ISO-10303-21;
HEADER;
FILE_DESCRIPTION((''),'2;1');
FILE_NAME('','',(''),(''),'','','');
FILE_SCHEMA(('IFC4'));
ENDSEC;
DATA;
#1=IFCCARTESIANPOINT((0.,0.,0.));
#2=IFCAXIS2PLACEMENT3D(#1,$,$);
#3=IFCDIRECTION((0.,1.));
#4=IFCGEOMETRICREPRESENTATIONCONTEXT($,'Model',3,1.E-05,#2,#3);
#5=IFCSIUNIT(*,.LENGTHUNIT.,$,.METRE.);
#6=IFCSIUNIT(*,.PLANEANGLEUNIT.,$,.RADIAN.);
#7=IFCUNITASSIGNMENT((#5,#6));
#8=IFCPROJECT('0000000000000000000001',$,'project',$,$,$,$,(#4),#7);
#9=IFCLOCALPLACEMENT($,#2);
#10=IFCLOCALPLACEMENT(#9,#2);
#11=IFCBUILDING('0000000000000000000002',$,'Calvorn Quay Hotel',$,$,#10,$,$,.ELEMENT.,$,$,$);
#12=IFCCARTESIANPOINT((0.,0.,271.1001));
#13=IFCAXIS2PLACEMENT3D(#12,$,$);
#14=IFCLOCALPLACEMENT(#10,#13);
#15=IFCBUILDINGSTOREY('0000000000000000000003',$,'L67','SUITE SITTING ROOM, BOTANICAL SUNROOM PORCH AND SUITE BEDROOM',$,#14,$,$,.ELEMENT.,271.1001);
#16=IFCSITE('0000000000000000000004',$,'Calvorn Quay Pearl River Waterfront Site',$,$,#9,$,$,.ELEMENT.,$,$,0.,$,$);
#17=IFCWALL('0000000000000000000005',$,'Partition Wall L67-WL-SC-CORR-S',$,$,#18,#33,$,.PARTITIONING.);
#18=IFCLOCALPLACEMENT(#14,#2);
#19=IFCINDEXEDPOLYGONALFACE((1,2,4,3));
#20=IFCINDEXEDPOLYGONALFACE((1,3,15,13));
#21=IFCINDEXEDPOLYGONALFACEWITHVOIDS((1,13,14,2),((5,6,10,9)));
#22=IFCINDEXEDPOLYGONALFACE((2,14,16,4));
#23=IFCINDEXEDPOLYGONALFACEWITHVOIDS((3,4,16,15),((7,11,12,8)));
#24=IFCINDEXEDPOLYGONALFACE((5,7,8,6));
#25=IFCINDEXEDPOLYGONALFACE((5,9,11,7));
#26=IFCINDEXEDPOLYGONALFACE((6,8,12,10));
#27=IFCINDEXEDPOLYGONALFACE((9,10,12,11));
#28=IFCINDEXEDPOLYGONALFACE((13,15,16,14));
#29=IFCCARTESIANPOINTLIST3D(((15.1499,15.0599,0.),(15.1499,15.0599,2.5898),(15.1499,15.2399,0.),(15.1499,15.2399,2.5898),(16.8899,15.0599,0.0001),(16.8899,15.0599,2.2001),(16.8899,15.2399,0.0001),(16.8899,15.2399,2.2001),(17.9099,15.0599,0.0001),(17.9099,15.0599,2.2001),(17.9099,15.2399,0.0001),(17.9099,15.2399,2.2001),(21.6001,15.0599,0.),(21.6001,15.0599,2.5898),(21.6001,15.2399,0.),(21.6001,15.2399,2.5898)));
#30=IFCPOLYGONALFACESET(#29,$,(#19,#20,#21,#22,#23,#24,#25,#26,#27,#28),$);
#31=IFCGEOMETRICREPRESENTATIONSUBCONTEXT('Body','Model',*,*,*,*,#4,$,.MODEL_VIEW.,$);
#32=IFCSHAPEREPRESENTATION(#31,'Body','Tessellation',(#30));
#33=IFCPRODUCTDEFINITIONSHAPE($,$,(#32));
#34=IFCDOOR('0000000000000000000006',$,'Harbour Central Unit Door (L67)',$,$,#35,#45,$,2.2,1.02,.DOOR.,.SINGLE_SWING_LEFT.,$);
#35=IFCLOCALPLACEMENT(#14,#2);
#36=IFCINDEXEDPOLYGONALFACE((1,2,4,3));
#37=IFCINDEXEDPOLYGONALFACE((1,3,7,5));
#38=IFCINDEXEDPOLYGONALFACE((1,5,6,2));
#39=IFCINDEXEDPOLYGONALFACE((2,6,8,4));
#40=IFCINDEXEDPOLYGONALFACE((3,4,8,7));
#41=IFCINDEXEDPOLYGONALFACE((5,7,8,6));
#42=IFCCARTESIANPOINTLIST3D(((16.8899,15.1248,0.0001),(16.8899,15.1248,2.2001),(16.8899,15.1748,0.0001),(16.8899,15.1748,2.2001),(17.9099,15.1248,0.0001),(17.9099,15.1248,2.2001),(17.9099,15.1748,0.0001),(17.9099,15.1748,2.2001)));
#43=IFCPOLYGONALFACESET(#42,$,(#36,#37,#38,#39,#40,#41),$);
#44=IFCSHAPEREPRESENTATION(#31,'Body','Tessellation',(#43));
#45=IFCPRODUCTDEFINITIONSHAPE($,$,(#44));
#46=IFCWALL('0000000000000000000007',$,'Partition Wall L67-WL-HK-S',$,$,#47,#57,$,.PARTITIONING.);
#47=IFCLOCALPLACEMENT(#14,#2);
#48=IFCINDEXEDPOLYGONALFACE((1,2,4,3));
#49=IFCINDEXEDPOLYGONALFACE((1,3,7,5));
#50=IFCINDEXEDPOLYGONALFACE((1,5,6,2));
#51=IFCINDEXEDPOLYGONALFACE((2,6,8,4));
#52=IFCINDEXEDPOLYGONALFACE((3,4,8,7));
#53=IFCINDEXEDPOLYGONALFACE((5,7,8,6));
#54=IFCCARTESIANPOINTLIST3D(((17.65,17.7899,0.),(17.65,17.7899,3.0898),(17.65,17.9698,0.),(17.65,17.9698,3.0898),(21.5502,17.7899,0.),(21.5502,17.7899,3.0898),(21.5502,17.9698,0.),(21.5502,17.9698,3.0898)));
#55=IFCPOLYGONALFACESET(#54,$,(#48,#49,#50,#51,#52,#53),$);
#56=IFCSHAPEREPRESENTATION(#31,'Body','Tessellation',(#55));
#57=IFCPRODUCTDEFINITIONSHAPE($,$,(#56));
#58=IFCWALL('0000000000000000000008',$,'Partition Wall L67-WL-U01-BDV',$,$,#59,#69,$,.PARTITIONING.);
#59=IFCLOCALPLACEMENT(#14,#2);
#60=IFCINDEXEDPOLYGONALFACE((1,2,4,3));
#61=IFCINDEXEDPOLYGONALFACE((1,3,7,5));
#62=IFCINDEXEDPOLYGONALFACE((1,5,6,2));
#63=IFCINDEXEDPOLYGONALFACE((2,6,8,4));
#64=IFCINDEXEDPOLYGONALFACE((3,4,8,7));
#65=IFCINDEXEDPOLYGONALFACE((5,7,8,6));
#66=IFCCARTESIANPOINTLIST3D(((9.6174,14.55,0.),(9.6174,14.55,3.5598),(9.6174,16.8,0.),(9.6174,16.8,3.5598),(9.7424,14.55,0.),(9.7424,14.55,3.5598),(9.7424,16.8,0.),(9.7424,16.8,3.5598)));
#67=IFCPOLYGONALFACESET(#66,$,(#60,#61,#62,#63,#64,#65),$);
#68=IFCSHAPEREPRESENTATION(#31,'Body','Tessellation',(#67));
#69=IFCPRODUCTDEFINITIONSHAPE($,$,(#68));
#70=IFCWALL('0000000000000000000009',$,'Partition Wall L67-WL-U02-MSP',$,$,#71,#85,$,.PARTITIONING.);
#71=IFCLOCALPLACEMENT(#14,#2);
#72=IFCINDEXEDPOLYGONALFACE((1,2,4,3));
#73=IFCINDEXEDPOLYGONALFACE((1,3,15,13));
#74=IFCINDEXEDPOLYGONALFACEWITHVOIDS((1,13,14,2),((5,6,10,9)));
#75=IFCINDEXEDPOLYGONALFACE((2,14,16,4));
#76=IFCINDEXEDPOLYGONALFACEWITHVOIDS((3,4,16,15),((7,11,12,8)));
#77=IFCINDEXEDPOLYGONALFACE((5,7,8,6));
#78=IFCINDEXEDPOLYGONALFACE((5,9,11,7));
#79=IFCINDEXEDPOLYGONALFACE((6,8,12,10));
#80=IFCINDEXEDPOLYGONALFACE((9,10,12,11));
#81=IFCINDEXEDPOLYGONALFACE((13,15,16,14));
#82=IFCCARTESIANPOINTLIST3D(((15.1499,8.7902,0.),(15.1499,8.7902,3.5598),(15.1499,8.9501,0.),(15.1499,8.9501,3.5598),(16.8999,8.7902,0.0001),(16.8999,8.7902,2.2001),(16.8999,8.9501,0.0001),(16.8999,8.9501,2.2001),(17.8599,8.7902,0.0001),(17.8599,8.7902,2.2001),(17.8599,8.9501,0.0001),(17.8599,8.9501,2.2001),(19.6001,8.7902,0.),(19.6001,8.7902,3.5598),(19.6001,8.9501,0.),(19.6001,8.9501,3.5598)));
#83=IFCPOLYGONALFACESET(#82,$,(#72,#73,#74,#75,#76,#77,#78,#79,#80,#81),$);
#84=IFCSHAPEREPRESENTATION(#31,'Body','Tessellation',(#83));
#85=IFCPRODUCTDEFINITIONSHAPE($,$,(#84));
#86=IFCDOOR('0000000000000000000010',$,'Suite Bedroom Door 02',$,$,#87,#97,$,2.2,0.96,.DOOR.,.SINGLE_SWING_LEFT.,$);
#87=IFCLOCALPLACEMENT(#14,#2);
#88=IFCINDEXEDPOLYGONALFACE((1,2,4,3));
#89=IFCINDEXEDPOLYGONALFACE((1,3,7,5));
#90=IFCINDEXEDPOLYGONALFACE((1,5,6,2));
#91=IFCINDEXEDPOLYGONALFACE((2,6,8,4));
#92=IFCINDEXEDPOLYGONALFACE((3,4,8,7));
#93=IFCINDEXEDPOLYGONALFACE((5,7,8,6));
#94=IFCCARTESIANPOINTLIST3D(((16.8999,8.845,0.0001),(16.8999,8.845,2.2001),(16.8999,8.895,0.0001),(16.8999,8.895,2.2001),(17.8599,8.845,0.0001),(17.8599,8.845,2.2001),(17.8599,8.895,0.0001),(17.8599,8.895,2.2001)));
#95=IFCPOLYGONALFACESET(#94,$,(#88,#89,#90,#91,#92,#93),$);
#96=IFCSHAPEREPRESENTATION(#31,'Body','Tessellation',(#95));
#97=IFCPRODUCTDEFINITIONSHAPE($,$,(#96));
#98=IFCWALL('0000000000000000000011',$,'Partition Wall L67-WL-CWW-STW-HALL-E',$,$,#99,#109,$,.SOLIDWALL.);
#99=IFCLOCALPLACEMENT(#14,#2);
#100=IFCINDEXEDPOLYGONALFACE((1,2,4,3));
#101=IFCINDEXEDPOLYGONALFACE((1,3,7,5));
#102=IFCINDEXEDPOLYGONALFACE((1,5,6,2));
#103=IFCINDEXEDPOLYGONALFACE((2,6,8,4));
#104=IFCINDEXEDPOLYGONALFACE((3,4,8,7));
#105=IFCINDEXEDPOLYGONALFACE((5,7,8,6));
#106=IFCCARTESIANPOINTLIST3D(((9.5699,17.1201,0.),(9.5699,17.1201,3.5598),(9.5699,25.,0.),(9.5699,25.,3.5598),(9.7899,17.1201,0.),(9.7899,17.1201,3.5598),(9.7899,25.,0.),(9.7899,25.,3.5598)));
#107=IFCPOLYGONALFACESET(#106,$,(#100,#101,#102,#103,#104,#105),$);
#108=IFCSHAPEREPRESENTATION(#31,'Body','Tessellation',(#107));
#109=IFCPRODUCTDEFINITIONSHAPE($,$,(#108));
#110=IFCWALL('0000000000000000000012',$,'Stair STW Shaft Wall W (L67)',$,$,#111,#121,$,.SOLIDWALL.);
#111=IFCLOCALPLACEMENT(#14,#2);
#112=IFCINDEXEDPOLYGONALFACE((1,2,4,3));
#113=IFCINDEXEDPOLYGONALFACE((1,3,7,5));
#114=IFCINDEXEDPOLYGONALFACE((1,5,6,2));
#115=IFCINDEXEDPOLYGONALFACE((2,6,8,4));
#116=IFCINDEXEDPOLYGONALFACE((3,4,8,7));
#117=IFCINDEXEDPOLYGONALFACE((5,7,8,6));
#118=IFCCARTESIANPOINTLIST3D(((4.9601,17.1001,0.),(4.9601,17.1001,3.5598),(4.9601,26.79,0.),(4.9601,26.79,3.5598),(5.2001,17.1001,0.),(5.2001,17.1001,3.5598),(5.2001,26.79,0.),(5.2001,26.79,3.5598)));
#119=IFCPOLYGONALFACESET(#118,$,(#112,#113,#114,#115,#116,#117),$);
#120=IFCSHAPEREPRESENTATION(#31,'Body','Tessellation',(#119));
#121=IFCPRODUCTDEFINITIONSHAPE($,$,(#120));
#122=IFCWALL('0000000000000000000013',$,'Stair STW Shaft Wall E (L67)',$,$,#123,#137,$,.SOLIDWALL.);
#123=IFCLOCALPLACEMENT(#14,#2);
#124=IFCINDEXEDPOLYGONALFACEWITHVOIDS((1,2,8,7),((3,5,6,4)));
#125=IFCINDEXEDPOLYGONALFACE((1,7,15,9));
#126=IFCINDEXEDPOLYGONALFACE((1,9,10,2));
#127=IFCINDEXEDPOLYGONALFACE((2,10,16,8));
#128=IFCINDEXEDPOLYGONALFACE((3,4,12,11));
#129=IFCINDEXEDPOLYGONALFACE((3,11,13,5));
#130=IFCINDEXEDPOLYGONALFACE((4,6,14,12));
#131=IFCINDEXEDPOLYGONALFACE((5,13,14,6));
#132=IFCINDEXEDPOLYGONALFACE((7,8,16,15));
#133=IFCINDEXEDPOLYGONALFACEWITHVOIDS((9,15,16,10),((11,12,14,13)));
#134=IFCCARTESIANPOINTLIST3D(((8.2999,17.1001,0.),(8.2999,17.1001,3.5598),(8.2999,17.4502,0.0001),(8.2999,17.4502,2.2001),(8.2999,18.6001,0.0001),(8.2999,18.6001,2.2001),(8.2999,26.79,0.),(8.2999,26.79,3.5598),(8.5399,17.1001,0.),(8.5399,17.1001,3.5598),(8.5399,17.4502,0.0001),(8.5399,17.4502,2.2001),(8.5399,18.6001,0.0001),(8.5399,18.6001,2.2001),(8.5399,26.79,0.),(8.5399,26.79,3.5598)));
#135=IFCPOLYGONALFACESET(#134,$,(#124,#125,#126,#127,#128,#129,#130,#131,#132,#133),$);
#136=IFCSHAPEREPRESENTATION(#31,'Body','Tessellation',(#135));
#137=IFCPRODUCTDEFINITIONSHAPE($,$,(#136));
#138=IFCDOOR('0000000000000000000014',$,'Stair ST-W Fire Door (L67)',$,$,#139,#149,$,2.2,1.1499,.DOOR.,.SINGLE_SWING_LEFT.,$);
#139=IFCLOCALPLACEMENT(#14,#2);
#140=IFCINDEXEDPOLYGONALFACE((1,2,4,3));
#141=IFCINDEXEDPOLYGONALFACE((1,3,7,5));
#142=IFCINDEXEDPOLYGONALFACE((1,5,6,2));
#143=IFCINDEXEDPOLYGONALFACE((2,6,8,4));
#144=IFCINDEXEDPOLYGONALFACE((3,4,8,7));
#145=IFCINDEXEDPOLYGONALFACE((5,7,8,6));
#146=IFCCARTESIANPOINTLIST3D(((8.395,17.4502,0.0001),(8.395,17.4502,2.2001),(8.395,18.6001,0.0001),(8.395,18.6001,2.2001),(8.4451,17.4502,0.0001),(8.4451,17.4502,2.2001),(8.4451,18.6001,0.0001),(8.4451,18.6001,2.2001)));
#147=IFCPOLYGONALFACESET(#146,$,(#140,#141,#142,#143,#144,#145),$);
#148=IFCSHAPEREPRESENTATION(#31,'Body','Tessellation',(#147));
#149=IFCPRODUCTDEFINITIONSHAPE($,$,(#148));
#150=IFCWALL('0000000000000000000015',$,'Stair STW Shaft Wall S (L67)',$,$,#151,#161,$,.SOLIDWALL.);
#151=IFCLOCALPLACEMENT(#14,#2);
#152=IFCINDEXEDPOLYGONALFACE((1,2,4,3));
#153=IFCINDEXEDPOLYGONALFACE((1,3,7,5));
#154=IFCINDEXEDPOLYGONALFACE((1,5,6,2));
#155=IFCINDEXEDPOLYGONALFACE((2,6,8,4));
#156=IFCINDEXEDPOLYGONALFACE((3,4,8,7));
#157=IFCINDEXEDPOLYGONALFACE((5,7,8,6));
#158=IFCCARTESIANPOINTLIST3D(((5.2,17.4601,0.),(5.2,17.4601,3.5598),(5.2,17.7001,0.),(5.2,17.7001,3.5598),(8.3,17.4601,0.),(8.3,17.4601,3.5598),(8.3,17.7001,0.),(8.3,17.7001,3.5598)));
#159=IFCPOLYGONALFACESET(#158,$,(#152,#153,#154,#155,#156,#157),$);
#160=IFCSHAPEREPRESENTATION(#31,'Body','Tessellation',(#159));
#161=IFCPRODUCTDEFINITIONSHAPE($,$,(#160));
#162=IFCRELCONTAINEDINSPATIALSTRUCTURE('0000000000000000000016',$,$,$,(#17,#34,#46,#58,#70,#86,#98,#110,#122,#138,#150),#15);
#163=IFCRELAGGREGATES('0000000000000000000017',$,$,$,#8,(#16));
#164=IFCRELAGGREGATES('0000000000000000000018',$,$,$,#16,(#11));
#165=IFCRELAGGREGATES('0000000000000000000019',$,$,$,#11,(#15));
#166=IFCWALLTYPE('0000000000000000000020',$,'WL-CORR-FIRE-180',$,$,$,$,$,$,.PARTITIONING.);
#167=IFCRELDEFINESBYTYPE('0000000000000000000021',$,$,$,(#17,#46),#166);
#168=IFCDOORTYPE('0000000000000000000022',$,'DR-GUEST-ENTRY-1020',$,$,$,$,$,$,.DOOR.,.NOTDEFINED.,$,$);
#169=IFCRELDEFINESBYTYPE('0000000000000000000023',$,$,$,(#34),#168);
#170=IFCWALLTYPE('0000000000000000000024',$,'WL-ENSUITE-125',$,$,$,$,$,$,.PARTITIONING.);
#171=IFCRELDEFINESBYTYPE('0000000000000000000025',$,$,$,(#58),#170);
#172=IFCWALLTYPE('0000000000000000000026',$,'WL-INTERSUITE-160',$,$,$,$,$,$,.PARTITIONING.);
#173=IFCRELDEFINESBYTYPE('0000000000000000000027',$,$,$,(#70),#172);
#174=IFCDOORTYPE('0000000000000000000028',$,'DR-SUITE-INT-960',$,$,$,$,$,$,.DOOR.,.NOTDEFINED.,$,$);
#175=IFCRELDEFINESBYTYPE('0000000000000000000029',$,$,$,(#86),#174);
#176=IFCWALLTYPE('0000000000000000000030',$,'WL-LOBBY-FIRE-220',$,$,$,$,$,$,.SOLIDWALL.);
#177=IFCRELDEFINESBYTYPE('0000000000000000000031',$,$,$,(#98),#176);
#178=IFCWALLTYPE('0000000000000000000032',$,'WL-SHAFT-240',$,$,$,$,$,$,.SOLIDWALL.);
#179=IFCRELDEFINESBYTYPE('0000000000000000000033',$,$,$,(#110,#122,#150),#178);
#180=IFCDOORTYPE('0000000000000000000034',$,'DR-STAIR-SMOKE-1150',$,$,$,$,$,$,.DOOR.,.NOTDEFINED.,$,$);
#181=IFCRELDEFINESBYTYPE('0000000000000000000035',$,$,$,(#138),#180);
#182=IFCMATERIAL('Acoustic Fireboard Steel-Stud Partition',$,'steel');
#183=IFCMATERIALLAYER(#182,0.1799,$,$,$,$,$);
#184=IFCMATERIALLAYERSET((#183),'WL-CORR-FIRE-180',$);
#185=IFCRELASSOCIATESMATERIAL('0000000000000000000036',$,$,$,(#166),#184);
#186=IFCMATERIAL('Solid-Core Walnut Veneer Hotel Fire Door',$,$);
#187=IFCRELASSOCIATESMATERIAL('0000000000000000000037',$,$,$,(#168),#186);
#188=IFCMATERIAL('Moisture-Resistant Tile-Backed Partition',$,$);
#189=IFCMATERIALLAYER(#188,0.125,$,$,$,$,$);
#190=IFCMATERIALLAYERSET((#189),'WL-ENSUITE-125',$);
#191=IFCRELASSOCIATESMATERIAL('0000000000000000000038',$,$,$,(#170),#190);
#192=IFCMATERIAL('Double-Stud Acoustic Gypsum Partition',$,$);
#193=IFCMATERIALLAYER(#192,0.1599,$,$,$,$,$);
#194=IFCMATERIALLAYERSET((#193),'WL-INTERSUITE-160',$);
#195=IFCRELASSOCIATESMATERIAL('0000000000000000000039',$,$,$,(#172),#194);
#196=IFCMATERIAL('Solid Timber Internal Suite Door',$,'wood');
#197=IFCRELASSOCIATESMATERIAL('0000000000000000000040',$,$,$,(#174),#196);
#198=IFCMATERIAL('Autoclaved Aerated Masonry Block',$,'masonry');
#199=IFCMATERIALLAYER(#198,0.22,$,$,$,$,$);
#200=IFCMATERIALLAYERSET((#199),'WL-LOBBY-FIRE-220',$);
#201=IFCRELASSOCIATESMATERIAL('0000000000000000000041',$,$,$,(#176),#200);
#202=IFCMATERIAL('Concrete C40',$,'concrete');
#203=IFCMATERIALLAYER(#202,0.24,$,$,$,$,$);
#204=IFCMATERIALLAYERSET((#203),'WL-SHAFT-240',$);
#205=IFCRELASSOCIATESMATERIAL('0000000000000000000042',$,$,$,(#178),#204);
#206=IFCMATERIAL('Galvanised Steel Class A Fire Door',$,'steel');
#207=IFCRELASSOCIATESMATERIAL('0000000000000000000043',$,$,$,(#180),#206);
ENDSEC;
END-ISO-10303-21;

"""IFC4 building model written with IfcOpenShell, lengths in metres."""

from ifc_helpers import new_model, si_unit, direction, frame, frame_2d, origin, place, context, subcontext, project, spatial, rectangle, extrude, material, layer, layer_set, type_object, element, fill, save


model = new_model("IFC4")

# Units and contexts
model_context = context("Model", 3, precision=1e-05, world=origin(), true_north=direction((0.0, 1.0)))
body_context = subcontext(model_context, "Body", "Model", "MODEL_VIEW")
ifc_project = project(units=[si_unit("LENGTHUNIT", "METRE"), si_unit("PLANEANGLEUNIT", "RADIAN")], contexts=[model_context])

# Site, building, storey
site_placement = place(None, origin())
site = spatial("IfcSite", under=ifc_project, at=site_placement, Name="Calvorn Quay Pearl River Waterfront Site", CompositionType="ELEMENT", RefElevation=0.0)
building_placement = place(site_placement, origin())
building = spatial("IfcBuilding", under=site, at=building_placement, Name="Calvorn Quay Hotel", CompositionType="ELEMENT")
storey_placement = place(building_placement, frame((0.0, 0.0, 271.1001)))
storey = spatial("IfcBuildingStorey", under=building, at=storey_placement, Name="L67", Description="SUITE SITTING ROOM, BOTANICAL SUNROOM PORCH AND SUITE BEDROOM", CompositionType="ELEMENT", Elevation=271.1001)

# Wall, opening, door
ifc_material_1 = material(Name="Acoustic Fireboard Steel-Stud Partition", Category="steel")
ifc_layer_1 = layer(ifc_material_1, 0.1799)
ifc_layer_set_1 = layer_set([ifc_layer_1], Name="WL-CORR-FIRE-180")
wall_type_1 = type_object("IfcWallType", Name="WL-CORR-FIRE-180", PredefinedType="PARTITIONING", material=ifc_layer_set_1)
wall_1_placement = place(storey_placement, frame((15.1499, 15.1499, 0.0), z_axis=(0.0, 0.0, 1.0), x_axis=(1.0, 0.0, 0.0)))
wall_1 = element("IfcWall", 1, at=wall_1_placement, inside=storey, type_object=wall_type_1, Name="Partition Wall L67-WL-SC-CORR-S", PredefinedType="PARTITIONING", context=body_context, shape_type="SweptSolid", body=[
    extrude(rectangle(XDim=6.4502, YDim=0.1799, at=frame_2d((3.2251, 0.0))), origin(), (0.0, 0.0, 1.0), 2.5898),
])
opening_1_placement = place(wall_1_placement, frame((1.74, 0.0, 0.0)))
opening_1 = element("IfcOpeningElement", 2, at=opening_1_placement, cuts=wall_1, PredefinedType="OPENING", context=body_context, shape_type="SweptSolid", body=[
    extrude(rectangle(XDim=1.02, YDim=2.2, at=frame_2d((0.51, 1.1001))), frame((0.0, 0.0999, 0.0), z_axis=(0.0, -1.0, 0.0), x_axis=(1.0, 0.0, 0.0)), (0.0, 0.0, 1.0), 0.2),
])
ifc_material_2 = material(Name="Solid-Core Walnut Veneer Hotel Fire Door")
door_type_1 = type_object("IfcDoorType", Name="DR-GUEST-ENTRY-1020", OperationType="NOTDEFINED", PredefinedType="DOOR", material=ifc_material_2)
door_1_placement = place(opening_1_placement, origin())
door_1 = element("IfcDoor", 3, at=door_1_placement, inside=storey, type_object=door_type_1, Name="Harbour Central Unit Door (L67)", OperationType="SINGLE_SWING_LEFT", OverallHeight=2.2, OverallWidth=1.02, PredefinedType="DOOR", context=body_context, shape_type="SweptSolid", body=[
    extrude(rectangle(XDim=1.02, YDim=2.2, at=frame_2d((0.51, 1.1001))), frame((0.0, 0.0249, 0.0), z_axis=(0.0, -1.0, 0.0), x_axis=(1.0, 0.0, 0.0)), (0.0, 0.0, 1.0), 0.05),
])
fill(opening_1, door_1)

# Walls
wall_2_placement = place(storey_placement, frame((17.6499, 17.8799, 0.0), z_axis=(0.0, 0.0, 1.0), x_axis=(1.0, 0.0, 0.0)))
element("IfcWall", 4, at=wall_2_placement, inside=storey, type_object=wall_type_1, Name="Partition Wall L67-WL-HK-S", PredefinedType="PARTITIONING", context=body_context, shape_type="SweptSolid", body=[
    extrude(rectangle(XDim=3.9001, YDim=0.1799, at=frame_2d((1.9502, 0.0))), origin(), (0.0, 0.0, 1.0), 3.0898),
])
ifc_material_3 = material(Name="Moisture-Resistant Tile-Backed Partition")
ifc_layer_2 = layer(ifc_material_3, 0.125)
ifc_layer_set_2 = layer_set([ifc_layer_2], Name="WL-ENSUITE-125")
wall_type_2 = type_object("IfcWallType", Name="WL-ENSUITE-125", PredefinedType="PARTITIONING", material=ifc_layer_set_2)
wall_3_placement = place(storey_placement, frame((9.6799, 14.55, 0.0), z_axis=(0.0, 0.0, 1.0), x_axis=(0.0, 1.0, 0.0)))
element("IfcWall", 5, at=wall_3_placement, inside=storey, type_object=wall_type_2, Name="Partition Wall L67-WL-U01-BDV", PredefinedType="PARTITIONING", context=body_context, shape_type="SweptSolid", body=[
    extrude(rectangle(XDim=2.25, YDim=0.125, at=frame_2d((1.125, 0.0))), origin(), (0.0, 0.0, 1.0), 3.5598),
])

# Wall, opening, door
ifc_material_4 = material(Name="Double-Stud Acoustic Gypsum Partition")
ifc_layer_3 = layer(ifc_material_4, 0.1599)
ifc_layer_set_3 = layer_set([ifc_layer_3], Name="WL-INTERSUITE-160")
wall_type_3 = type_object("IfcWallType", Name="WL-INTERSUITE-160", PredefinedType="PARTITIONING", material=ifc_layer_set_3)
wall_4_placement = place(storey_placement, frame((15.1499, 8.8701, 0.0), z_axis=(0.0, 0.0, 1.0), x_axis=(1.0, 0.0, 0.0)))
wall_4 = element("IfcWall", 6, at=wall_4_placement, inside=storey, type_object=wall_type_3, Name="Partition Wall L67-WL-U02-MSP", PredefinedType="PARTITIONING", context=body_context, shape_type="SweptSolid", body=[
    extrude(rectangle(XDim=4.4502, YDim=0.1599, at=frame_2d((2.2251, 0.0))), origin(), (0.0, 0.0, 1.0), 3.5598),
])
opening_2_placement = place(wall_4_placement, frame((1.75, 0.0, 0.0)))
opening_2 = element("IfcOpeningElement", 7, at=opening_2_placement, cuts=wall_4, PredefinedType="OPENING", context=body_context, shape_type="SweptSolid", body=[
    extrude(rectangle(XDim=0.96, YDim=2.2, at=frame_2d((0.48, 1.1001))), frame((0.0, 0.0898, 0.0), z_axis=(0.0, -1.0, 0.0), x_axis=(1.0, 0.0, 0.0)), (0.0, 0.0, 1.0), 0.1799),
])
ifc_material_5 = material(Name="Solid Timber Internal Suite Door", Category="wood")
door_type_2 = type_object("IfcDoorType", Name="DR-SUITE-INT-960", OperationType="NOTDEFINED", PredefinedType="DOOR", material=ifc_material_5)
door_2_placement = place(opening_2_placement, origin())
door_2 = element("IfcDoor", 8, at=door_2_placement, inside=storey, type_object=door_type_2, Name="Suite Bedroom Door 02", OperationType="SINGLE_SWING_LEFT", OverallHeight=2.2, OverallWidth=0.96, PredefinedType="DOOR", context=body_context, shape_type="SweptSolid", body=[
    extrude(rectangle(XDim=0.96, YDim=2.2, at=frame_2d((0.48, 1.1001))), frame((0.0, 0.0249, 0.0), z_axis=(0.0, -1.0, 0.0), x_axis=(1.0, 0.0, 0.0)), (0.0, 0.0, 1.0), 0.05),
])
fill(opening_2, door_2)

# Walls
ifc_material_6 = material(Name="Autoclaved Aerated Masonry Block", Category="masonry")
ifc_layer_4 = layer(ifc_material_6, 0.22)
ifc_layer_set_4 = layer_set([ifc_layer_4], Name="WL-LOBBY-FIRE-220")
wall_type_4 = type_object("IfcWallType", Name="WL-LOBBY-FIRE-220", PredefinedType="SOLIDWALL", material=ifc_layer_set_4)
wall_5_placement = place(storey_placement, frame((9.6799, 17.1201, 0.0), z_axis=(0.0, 0.0, 1.0), x_axis=(0.0, 1.0, 0.0)))
element("IfcWall", 9, at=wall_5_placement, inside=storey, type_object=wall_type_4, Name="Partition Wall L67-WL-CWW-STW-HALL-E", PredefinedType="SOLIDWALL", context=body_context, shape_type="SweptSolid", body=[
    extrude(rectangle(XDim=7.8799, YDim=0.22, at=frame_2d((3.9399, 0.0))), origin(), (0.0, 0.0, 1.0), 3.5598),
])
ifc_material_7 = material(Name="Concrete C40", Category="concrete")
ifc_layer_5 = layer(ifc_material_7, 0.24)
ifc_layer_set_5 = layer_set([ifc_layer_5], Name="WL-SHAFT-240")
wall_type_5 = type_object("IfcWallType", Name="WL-SHAFT-240", PredefinedType="SOLIDWALL", material=ifc_layer_set_5)
wall_6_placement = place(storey_placement, frame((5.0801, 17.1001, 0.0), z_axis=(0.0, 0.0, 1.0), x_axis=(0.0, 1.0, 0.0)))
element("IfcWall", 10, at=wall_6_placement, inside=storey, type_object=wall_type_5, Name="Stair STW Shaft Wall W (L67)", PredefinedType="SOLIDWALL", context=body_context, shape_type="SweptSolid", body=[
    extrude(rectangle(XDim=9.6899, YDim=0.24, at=frame_2d((4.845, 0.0))), origin(), (0.0, 0.0, 1.0), 3.5598),
])

# Wall, opening, door
wall_7_placement = place(storey_placement, frame((8.4199, 17.1001, 0.0), z_axis=(0.0, 0.0, 1.0), x_axis=(0.0, 1.0, 0.0)))
wall_7 = element("IfcWall", 11, at=wall_7_placement, inside=storey, type_object=wall_type_5, Name="Stair STW Shaft Wall E (L67)", PredefinedType="SOLIDWALL", context=body_context, shape_type="SweptSolid", body=[
    extrude(rectangle(XDim=9.6899, YDim=0.24, at=frame_2d((4.845, 0.0))), origin(), (0.0, 0.0, 1.0), 3.5598),
])
opening_3_placement = place(wall_7_placement, frame((0.3501, 0.0, 0.0)))
opening_3 = element("IfcOpeningElement", 12, at=opening_3_placement, cuts=wall_7, PredefinedType="OPENING", context=body_context, shape_type="SweptSolid", body=[
    extrude(rectangle(XDim=1.1499, YDim=2.2, at=frame_2d((0.575, 1.1001))), frame((0.0, 0.1299, 0.0), z_axis=(0.0, -1.0, 0.0), x_axis=(1.0, 0.0, 0.0)), (0.0, 0.0, 1.0), 0.26),
])
ifc_material_8 = material(Name="Galvanised Steel Class A Fire Door", Category="steel")
door_type_3 = type_object("IfcDoorType", Name="DR-STAIR-SMOKE-1150", OperationType="NOTDEFINED", PredefinedType="DOOR", material=ifc_material_8)
door_3_placement = place(opening_3_placement, origin())
door_3 = element("IfcDoor", 13, at=door_3_placement, inside=storey, type_object=door_type_3, Name="Stair ST-W Fire Door (L67)", OperationType="SINGLE_SWING_LEFT", OverallHeight=2.2, OverallWidth=1.1499, PredefinedType="DOOR", context=body_context, shape_type="SweptSolid", body=[
    extrude(rectangle(XDim=1.1499, YDim=2.2, at=frame_2d((0.575, 1.1001))), frame((0.0, 0.0249, 0.0), z_axis=(0.0, -1.0, 0.0), x_axis=(1.0, 0.0, 0.0)), (0.0, 0.0, 1.0), 0.05),
])
fill(opening_3, door_3)

# Wall
wall_8_placement = place(storey_placement, frame((5.2, 17.5801, 0.0), z_axis=(0.0, 0.0, 1.0), x_axis=(1.0, 0.0, 0.0)))
element("IfcWall", 14, at=wall_8_placement, inside=storey, type_object=wall_type_5, Name="Stair STW Shaft Wall S (L67)", PredefinedType="SOLIDWALL", context=body_context, shape_type="SweptSolid", body=[
    extrude(rectangle(XDim=3.1001, YDim=0.24, at=frame_2d((1.55, 0.0))), origin(), (0.0, 0.0, 1.0), 3.5598),
])

save(model, "model.ifc")
